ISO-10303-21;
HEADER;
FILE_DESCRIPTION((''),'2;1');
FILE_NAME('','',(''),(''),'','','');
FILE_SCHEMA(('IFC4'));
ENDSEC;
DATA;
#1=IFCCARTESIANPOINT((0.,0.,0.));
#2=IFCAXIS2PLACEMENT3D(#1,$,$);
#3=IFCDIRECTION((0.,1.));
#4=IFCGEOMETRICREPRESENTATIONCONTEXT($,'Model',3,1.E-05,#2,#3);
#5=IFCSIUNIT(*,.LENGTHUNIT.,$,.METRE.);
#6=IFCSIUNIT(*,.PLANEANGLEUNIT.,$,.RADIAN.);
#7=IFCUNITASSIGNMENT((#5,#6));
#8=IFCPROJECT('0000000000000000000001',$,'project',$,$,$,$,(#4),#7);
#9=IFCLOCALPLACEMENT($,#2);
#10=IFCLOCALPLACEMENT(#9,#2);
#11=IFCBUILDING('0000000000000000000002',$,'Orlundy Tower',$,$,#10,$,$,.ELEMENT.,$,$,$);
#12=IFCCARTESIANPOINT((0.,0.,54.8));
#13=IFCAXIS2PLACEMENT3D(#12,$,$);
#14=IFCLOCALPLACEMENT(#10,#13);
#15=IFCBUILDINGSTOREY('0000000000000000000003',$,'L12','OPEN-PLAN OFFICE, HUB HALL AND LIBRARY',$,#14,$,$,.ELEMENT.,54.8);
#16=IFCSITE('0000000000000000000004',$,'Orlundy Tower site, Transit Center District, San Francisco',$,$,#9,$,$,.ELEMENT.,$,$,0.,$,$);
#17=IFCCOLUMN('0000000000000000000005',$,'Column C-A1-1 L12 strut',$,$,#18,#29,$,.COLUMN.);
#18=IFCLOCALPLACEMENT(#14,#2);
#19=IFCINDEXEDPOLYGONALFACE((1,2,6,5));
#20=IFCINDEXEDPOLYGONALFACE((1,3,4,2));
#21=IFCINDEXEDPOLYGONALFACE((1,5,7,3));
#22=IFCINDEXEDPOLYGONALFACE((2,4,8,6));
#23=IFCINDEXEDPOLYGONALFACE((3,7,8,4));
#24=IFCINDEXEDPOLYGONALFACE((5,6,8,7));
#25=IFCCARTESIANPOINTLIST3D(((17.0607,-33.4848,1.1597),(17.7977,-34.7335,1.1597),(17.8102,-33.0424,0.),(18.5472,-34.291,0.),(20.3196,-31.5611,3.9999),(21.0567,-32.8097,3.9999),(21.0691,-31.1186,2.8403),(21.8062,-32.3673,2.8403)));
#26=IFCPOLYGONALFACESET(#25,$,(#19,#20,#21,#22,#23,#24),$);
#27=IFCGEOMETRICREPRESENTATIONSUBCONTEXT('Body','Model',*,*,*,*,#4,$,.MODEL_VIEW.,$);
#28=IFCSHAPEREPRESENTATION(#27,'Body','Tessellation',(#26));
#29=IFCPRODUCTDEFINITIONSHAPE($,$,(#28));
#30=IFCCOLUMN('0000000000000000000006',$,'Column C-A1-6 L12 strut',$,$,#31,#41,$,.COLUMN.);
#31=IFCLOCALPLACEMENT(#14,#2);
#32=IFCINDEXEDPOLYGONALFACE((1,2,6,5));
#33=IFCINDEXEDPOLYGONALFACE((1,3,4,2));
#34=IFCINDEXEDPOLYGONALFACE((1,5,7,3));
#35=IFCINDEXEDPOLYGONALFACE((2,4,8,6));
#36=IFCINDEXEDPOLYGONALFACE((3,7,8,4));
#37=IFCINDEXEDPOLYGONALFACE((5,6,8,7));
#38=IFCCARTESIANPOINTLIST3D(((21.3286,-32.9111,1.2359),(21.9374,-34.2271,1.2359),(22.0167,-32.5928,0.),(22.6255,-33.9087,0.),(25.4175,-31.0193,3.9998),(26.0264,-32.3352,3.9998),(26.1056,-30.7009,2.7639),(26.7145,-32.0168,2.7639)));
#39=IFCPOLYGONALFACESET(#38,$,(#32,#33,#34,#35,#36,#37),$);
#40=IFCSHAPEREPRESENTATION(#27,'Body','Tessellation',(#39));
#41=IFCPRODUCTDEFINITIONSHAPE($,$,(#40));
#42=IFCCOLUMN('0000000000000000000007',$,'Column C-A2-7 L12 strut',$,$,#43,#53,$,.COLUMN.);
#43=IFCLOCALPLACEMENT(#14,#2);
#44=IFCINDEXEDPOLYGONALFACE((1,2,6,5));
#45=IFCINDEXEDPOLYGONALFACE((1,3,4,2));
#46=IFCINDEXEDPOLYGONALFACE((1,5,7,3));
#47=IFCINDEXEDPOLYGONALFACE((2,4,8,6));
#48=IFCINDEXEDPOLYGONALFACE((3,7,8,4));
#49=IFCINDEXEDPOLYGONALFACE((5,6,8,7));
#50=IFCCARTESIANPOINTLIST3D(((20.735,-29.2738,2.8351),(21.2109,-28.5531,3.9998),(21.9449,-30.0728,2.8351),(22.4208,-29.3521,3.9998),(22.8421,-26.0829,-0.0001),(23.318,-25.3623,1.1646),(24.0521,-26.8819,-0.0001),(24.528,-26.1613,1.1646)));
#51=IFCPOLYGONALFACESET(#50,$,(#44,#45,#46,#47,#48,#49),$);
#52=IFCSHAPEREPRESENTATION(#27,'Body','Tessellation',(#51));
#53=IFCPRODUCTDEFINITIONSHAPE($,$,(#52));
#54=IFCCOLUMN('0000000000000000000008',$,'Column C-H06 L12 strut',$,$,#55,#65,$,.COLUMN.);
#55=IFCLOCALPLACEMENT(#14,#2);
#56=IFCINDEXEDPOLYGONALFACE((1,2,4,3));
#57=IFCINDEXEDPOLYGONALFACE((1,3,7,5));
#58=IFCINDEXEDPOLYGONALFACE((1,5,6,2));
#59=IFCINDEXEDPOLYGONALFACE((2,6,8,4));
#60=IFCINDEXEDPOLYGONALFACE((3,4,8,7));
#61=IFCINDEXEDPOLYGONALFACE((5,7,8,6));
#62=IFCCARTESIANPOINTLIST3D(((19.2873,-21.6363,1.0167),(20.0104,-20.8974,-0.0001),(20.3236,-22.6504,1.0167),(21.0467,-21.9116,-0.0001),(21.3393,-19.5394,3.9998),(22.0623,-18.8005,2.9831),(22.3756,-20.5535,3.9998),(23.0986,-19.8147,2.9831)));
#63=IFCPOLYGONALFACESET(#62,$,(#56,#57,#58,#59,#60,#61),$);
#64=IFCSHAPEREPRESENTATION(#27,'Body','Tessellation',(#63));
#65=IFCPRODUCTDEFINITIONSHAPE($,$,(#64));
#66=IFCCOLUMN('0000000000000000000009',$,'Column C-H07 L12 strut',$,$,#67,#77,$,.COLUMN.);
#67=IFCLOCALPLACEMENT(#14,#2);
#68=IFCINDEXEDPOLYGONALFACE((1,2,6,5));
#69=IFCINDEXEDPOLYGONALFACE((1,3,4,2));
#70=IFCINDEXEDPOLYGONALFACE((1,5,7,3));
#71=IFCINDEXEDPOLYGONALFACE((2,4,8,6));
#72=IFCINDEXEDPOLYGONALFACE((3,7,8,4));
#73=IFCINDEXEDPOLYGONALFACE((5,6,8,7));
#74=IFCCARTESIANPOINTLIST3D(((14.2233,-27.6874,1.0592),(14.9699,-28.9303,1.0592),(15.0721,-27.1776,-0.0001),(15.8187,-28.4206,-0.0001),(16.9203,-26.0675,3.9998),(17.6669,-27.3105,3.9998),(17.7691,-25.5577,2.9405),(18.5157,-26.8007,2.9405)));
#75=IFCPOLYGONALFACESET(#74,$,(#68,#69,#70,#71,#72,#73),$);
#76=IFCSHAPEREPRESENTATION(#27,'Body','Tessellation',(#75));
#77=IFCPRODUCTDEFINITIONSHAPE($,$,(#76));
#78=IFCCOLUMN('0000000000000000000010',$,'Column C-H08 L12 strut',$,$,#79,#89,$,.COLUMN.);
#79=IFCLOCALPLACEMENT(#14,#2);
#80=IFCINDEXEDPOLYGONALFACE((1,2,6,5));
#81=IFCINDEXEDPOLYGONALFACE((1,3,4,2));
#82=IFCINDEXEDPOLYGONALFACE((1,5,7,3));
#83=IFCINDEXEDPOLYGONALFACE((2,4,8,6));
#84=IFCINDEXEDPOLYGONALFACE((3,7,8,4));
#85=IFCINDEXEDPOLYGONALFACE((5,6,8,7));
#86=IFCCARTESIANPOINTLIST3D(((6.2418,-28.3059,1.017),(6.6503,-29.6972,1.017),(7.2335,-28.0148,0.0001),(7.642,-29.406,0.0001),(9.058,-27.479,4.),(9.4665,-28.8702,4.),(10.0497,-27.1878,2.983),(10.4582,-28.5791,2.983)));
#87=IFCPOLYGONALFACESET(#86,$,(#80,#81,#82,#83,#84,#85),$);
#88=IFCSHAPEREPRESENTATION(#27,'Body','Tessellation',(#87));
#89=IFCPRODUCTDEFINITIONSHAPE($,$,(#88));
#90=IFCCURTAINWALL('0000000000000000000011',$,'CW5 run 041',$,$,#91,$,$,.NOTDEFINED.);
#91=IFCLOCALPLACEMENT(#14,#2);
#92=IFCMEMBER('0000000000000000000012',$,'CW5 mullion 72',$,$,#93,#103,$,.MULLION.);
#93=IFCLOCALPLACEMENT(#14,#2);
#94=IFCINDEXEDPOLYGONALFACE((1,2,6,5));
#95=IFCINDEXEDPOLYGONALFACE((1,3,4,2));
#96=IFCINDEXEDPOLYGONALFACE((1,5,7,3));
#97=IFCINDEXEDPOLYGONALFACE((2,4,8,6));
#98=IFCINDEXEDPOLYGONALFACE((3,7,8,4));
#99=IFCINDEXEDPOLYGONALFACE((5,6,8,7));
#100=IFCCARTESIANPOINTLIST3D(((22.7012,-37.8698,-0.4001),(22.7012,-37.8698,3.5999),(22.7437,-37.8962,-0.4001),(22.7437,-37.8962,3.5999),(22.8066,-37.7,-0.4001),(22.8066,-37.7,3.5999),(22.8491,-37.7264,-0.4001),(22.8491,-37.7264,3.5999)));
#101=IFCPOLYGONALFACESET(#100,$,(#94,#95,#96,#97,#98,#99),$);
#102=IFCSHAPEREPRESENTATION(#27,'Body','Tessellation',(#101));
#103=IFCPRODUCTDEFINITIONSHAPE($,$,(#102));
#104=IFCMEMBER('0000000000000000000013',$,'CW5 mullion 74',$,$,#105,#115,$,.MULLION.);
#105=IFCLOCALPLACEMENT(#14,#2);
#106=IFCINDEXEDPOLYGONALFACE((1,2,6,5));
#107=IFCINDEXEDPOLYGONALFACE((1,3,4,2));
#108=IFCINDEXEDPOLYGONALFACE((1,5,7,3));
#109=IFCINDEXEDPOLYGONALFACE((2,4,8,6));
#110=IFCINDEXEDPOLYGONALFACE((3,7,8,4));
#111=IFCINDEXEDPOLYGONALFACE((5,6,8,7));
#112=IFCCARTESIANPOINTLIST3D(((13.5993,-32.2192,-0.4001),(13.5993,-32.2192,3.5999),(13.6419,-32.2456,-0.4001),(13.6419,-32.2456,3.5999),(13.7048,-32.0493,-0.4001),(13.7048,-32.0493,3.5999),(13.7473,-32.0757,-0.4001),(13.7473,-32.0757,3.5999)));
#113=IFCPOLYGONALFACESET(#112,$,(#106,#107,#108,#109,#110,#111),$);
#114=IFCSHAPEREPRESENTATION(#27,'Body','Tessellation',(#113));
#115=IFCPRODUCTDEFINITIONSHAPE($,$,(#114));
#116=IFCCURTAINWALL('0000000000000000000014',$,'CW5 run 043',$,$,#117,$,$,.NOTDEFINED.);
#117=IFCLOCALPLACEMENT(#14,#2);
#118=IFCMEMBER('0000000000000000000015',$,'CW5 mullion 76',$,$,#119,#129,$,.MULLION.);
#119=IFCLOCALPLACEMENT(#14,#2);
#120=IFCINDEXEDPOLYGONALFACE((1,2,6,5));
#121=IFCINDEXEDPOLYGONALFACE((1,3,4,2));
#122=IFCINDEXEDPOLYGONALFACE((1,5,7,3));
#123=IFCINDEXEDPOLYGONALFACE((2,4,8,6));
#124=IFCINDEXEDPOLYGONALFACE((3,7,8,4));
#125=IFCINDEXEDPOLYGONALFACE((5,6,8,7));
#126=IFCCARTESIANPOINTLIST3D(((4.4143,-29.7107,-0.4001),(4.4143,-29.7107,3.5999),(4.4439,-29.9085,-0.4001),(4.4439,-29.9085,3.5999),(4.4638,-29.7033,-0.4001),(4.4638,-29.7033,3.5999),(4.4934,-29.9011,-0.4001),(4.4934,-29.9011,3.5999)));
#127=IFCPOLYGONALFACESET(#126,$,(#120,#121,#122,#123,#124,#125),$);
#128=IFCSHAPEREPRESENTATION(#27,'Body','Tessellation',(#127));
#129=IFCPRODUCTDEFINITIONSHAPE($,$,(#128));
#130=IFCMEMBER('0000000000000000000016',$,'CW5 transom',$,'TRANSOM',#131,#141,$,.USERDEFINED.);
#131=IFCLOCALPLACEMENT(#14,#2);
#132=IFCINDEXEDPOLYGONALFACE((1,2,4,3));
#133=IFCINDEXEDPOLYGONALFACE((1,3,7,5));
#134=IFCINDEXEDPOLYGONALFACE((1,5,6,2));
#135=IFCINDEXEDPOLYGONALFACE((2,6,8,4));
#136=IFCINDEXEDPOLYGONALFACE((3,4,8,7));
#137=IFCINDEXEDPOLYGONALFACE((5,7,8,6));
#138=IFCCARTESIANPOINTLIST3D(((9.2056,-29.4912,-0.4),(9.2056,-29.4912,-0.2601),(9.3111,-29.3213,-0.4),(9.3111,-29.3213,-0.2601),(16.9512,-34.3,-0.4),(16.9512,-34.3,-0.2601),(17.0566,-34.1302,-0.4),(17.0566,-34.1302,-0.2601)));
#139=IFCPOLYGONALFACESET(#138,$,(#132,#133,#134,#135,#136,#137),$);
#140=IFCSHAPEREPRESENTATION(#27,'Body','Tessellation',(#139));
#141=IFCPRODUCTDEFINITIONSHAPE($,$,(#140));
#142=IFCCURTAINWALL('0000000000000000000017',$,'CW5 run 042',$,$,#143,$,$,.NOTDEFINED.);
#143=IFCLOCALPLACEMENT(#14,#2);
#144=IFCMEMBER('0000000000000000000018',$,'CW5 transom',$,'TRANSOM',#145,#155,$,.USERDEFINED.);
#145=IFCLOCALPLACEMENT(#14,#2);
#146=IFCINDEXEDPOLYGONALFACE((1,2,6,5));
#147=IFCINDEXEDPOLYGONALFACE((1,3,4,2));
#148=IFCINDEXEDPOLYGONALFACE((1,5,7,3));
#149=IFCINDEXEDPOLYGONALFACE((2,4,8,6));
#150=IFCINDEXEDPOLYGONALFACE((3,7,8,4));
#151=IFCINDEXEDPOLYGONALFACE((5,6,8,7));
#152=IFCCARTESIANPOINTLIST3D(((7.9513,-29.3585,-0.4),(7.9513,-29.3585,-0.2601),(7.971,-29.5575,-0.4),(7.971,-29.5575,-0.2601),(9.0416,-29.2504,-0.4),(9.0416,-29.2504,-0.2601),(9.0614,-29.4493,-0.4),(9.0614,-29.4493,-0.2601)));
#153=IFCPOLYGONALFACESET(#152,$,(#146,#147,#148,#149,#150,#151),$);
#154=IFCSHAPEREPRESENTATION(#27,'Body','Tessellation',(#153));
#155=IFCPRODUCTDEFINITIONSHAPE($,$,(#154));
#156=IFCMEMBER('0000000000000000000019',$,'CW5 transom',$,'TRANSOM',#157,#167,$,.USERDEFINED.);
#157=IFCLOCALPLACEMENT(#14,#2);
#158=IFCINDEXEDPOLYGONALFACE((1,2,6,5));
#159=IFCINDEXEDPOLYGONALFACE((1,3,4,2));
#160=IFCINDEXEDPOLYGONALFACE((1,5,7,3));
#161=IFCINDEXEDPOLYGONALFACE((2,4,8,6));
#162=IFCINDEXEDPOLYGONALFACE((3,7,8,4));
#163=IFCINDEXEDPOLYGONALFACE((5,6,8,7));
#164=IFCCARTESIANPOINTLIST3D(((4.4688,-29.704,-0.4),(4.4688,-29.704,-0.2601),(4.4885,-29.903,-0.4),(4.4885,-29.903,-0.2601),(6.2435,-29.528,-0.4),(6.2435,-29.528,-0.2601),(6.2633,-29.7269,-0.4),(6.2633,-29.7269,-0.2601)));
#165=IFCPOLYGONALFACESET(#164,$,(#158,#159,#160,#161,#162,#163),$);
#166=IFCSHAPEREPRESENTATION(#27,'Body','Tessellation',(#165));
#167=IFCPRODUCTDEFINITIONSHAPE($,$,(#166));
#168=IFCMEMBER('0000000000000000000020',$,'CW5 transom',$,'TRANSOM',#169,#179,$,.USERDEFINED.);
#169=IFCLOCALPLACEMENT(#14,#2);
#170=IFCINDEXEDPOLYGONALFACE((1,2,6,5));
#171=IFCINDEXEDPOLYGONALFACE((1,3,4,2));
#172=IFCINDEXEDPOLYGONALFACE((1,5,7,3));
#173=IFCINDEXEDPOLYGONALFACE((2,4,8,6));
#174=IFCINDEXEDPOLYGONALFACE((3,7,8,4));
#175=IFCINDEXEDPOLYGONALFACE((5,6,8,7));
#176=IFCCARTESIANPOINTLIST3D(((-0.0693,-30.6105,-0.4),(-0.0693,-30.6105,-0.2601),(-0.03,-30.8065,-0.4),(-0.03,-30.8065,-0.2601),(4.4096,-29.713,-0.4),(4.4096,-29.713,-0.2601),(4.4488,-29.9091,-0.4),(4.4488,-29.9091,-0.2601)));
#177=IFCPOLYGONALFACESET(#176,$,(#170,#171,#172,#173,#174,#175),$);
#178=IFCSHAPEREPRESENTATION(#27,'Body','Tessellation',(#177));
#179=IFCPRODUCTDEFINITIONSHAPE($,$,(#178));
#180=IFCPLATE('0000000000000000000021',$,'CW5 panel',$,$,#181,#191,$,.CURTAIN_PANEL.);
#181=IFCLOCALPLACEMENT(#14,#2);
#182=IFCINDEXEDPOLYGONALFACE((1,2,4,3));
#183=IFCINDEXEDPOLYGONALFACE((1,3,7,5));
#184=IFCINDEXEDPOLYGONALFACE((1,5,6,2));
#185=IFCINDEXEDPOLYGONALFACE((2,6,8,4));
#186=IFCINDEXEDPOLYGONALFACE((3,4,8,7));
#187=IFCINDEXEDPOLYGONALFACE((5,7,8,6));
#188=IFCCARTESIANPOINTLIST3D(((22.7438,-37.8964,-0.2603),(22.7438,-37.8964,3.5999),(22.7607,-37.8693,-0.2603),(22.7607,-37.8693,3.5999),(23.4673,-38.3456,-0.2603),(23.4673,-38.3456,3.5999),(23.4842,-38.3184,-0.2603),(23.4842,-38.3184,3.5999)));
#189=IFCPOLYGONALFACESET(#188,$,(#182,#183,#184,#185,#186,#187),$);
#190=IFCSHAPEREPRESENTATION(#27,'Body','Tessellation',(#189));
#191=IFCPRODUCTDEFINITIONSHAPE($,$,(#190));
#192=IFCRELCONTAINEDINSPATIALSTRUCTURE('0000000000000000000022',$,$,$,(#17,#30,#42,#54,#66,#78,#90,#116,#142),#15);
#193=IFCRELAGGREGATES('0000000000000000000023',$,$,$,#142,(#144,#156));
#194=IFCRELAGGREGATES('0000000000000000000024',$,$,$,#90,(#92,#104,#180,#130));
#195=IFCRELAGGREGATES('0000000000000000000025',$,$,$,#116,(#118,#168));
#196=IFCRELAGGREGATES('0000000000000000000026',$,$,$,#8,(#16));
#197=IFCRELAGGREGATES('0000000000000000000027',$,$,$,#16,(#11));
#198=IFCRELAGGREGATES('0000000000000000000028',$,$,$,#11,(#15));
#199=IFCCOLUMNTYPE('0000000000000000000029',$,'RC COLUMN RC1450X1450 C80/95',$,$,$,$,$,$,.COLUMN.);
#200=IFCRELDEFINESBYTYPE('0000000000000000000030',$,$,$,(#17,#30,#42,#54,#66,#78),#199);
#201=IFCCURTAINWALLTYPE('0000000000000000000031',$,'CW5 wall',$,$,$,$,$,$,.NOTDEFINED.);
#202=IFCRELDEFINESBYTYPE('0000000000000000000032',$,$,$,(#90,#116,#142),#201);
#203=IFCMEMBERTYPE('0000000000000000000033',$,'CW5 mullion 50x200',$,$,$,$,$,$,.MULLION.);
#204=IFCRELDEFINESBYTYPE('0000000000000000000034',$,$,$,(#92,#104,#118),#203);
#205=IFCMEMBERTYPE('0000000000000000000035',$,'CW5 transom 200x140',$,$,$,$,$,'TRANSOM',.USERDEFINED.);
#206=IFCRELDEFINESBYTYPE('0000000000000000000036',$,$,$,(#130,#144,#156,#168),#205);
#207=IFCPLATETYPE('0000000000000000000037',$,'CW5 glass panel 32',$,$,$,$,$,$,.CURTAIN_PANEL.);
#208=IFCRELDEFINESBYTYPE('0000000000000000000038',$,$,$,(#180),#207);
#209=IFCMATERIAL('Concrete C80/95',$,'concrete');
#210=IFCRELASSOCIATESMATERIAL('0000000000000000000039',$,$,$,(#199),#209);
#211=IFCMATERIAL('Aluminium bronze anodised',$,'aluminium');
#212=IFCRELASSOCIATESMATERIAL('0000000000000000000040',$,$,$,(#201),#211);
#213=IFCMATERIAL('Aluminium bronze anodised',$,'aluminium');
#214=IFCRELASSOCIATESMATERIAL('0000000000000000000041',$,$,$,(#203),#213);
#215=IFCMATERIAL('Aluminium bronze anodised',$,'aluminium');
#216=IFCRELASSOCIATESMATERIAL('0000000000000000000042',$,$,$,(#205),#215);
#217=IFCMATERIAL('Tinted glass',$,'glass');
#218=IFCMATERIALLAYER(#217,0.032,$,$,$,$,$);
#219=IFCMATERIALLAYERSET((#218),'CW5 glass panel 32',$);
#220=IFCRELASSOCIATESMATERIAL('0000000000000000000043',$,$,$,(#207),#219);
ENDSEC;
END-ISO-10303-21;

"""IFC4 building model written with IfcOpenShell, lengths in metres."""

from ifc_helpers import new_model, si_unit, direction, frame, origin, origin_2d, place, context, subcontext, project, spatial, rectangle, extrude, material, layer, layer_set, material_profile, profile_set, type_object, element, aggregate, save


model = new_model("IFC4")

# Units and contexts
model_context = context("Model", 3, precision=1e-05, world=origin(), true_north=direction((0.0, 1.0)))
body_context = subcontext(model_context, "Body", "Model", "MODEL_VIEW")
ifc_project = project(units=[si_unit("LENGTHUNIT", "METRE"), si_unit("PLANEANGLEUNIT", "RADIAN")], contexts=[model_context])

# Site, building, storey
site_placement = place(None, origin())
site = spatial("IfcSite", under=ifc_project, at=site_placement, Name="Orlundy Tower site, Transit Center District, San Francisco", CompositionType="ELEMENT", RefElevation=0.0)
building_placement = place(site_placement, origin())
building = spatial("IfcBuilding", under=site, at=building_placement, Name="Orlundy Tower", CompositionType="ELEMENT")
storey_placement = place(building_placement, frame((0.0, 0.0, 54.8)))
storey = spatial("IfcBuildingStorey", under=building, at=storey_placement, Name="L12", Description="OPEN-PLAN OFFICE, HUB HALL AND LIBRARY", CompositionType="ELEMENT", Elevation=54.8)

# Columns
ifc_material_1 = material(Name="Concrete C80/95", Category="concrete")
ifc_material_profile_1 = material_profile(ifc_material_1, rectangle(XDim=1.45, YDim=1.45, at=origin_2d()), Name="RC1450X1450")
ifc_profile_set_1 = profile_set([ifc_material_profile_1], Name="Concrete C80/95")
column_type = type_object("IfcColumnType", Name="RC COLUMN RC1450X1450 C80/95", PredefinedType="COLUMN", material=ifc_profile_set_1)
column_1_placement = place(storey_placement, frame((17.804, -33.8879, 0.5798), z_axis=(0.688752, 0.406575, 0.600265), x_axis=(-0.508345, 0.861154, 0.0)))
element("IfcColumn", 1, at=column_1_placement, inside=storey, type_object=column_type, Name="Column C-A1-1 L12 strut", PredefinedType="COLUMN", context=body_context, shape_type="SweptSolid", body=[
    extrude(rectangle(XDim=1.45, YDim=1.45, at=origin_2d()), origin(), (0.0, 0.0, 1.0), 4.7317),
])
column_2_placement = place(storey_placement, frame((21.9771, -33.4099, 0.6179), z_axis=(0.773592, 0.357927, 0.522918), x_axis=(-0.419914, 0.907564, 0.0)))
element("IfcColumn", 2, at=column_2_placement, inside=storey, type_object=column_type, Name="Column C-A1-6 L12 strut", PredefinedType="COLUMN", context=body_context, shape_type="SweptSolid", body=[
    extrude(rectangle(XDim=1.45, YDim=1.45, at=origin_2d()), origin(), (0.0, 0.0, 1.0), 5.2856),
])
column_3_placement = place(storey_placement, frame((23.6851, -26.1221, 0.5823), z_axis=(-0.442656, -0.670317, 0.595593), x_axis=(0.834468, -0.551056, 0.0)))
element("IfcColumn", 3, at=column_3_placement, inside=storey, type_object=column_type, Name="Column C-A2-7 L12 strut", PredefinedType="COLUMN", context=body_context, shape_type="SweptSolid", body=[
    extrude(rectangle(XDim=1.45, YDim=1.45, at=origin_2d()), origin(), (0.0, 0.0, 1.0), 4.7603),
])
column_4_placement = place(storey_placement, frame((20.167, -21.7739, 0.5083), z_axis=(0.490424, 0.50116, 0.712967), x_axis=(-0.714721, 0.69941, 0.0)))
element("IfcColumn", 4, at=column_4_placement, inside=storey, type_object=column_type, Name="Column C-H06 L12 strut", PredefinedType="COLUMN", context=body_context, shape_type="SweptSolid", body=[
    extrude(rectangle(XDim=1.45, YDim=1.45, at=origin_2d()), origin(), (0.0, 0.0, 1.0), 4.1841),
])
column_5_placement = place(storey_placement, frame((15.021, -28.054, 0.5295), z_axis=(0.626275, 0.376151, 0.682854), x_axis=(-0.514884, 0.85726, 0.0)))
element("IfcColumn", 5, at=column_5_placement, inside=storey, type_object=column_type, Name="Column C-H07 L12 strut", PredefinedType="COLUMN", context=body_context, shape_type="SweptSolid", body=[
    extrude(rectangle(XDim=1.45, YDim=1.45, at=origin_2d()), origin(), (0.0, 0.0, 1.0), 4.3064),
])
column_6_placement = place(storey_placement, frame((6.9419, -28.856, 0.5085), z_axis=(0.672955, 0.197599, 0.712802), x_axis=(-0.281734, 0.959493, 0.0)))
element("IfcColumn", 6, at=column_6_placement, inside=storey, type_object=column_type, Name="Column C-H08 L12 strut", PredefinedType="COLUMN", context=body_context, shape_type="SweptSolid", body=[
    extrude(rectangle(XDim=1.45, YDim=1.45, at=origin_2d()), origin(), (0.0, 0.0, 1.0), 4.1848),
])

# Curtain wall, members
ifc_material_2 = material(Name="Aluminium bronze anodised", Category="aluminium")
curtain_wall_type = type_object("IfcCurtainWallType", Name="CW5 wall", PredefinedType="NOTDEFINED", material=ifc_material_2)
curtain_wall_1_placement = place(storey_placement, origin())
curtain_wall_1 = element("IfcCurtainWall", 7, at=curtain_wall_1_placement, inside=storey, type_object=curtain_wall_type, Name="CW5 run 041", PredefinedType="NOTDEFINED")
ifc_material_3 = material(Name="Aluminium bronze anodised", Category="aluminium")
ifc_material_profile_2 = material_profile(ifc_material_3, rectangle(XDim=0.2, YDim=0.05, at=origin_2d()), Name="CW5 mullion 50x200")
ifc_profile_set_2 = profile_set([ifc_material_profile_2], Name="Aluminium bronze anodised")
member_type_1 = type_object("IfcMemberType", Name="CW5 mullion 50x200", PredefinedType="MULLION", material=ifc_profile_set_2)
member_1_placement = place(storey_placement, frame((22.7751, -37.7981, -0.4001), z_axis=(0.0, 0.0, 1.0), x_axis=(-0.527449, -0.849587, 0.0)))
member_1 = element("IfcMember", 8, at=member_1_placement, type_object=member_type_1, Name="CW5 mullion 72", PredefinedType="MULLION", context=body_context, shape_type="SweptSolid", body=[
    extrude(rectangle(XDim=0.2, YDim=0.05, at=origin_2d()), origin(), (0.0, 0.0, 1.0), 4.0),
])
member_2_placement = place(storey_placement, frame((13.6733, -32.1475, -0.4001), z_axis=(0.0, 0.0, 1.0), x_axis=(-0.527449, -0.849587, 0.0)))
member_2 = element("IfcMember", 9, at=member_2_placement, type_object=member_type_1, Name="CW5 mullion 74", PredefinedType="MULLION", context=body_context, shape_type="SweptSolid", body=[
    extrude(rectangle(XDim=0.2, YDim=0.05, at=origin_2d()), origin(), (0.0, 0.0, 1.0), 4.0),
])

# Curtain wall, member
curtain_wall_2_placement = place(storey_placement, origin())
curtain_wall_2 = element("IfcCurtainWall", 10, at=curtain_wall_2_placement, inside=storey, type_object=curtain_wall_type, Name="CW5 run 043", PredefinedType="NOTDEFINED")
member_3_placement = place(storey_placement, frame((4.4539, -29.8059, -0.4001), z_axis=(0.0, 0.0, 1.0), x_axis=(0.147818, -0.989015, 0.0)))
member_3 = element("IfcMember", 11, at=member_3_placement, type_object=member_type_1, Name="CW5 mullion 76", PredefinedType="MULLION", context=body_context, shape_type="SweptSolid", body=[
    extrude(rectangle(XDim=0.2, YDim=0.05, at=origin_2d()), origin(), (0.0, 0.0, 1.0), 4.0),
])

# Member
ifc_material_4 = material(Name="Aluminium bronze anodised", Category="aluminium")
ifc_material_profile_3 = material_profile(ifc_material_4, rectangle(XDim=0.2, YDim=0.1399, at=origin_2d()), Name="CW5 transom 200x140")
ifc_profile_set_3 = profile_set([ifc_material_profile_3], Name="Aluminium bronze anodised")
member_type_2 = type_object("IfcMemberType", Name="CW5 transom 200x140", ElementType="TRANSOM", PredefinedType="USERDEFINED", material=ifc_profile_set_3)
member_4_placement = place(storey_placement, frame((17.0039, -34.2151, -0.3301), z_axis=(-0.84958, 0.52746, 0.0), x_axis=(-0.52746, -0.84958, 0.0)))
member_4 = element("IfcMember", 12, at=member_4_placement, type_object=member_type_2, Name="CW5 transom", ObjectType="TRANSOM", PredefinedType="USERDEFINED", context=body_context, shape_type="SweptSolid", body=[
    extrude(rectangle(XDim=0.2, YDim=0.1399, at=origin_2d()), origin(), (0.0, 0.0, 1.0), 9.1169),
])

# Curtain wall, members
curtain_wall_3_placement = place(storey_placement, origin())
curtain_wall_3 = element("IfcCurtainWall", 13, at=curtain_wall_3_placement, inside=storey, type_object=curtain_wall_type, Name="CW5 run 042", PredefinedType="NOTDEFINED")
member_5_placement = place(storey_placement, frame((9.0515, -29.3499, -0.3301), z_axis=(-0.995116, -0.098709, 0.0), x_axis=(0.098709, -0.995116, 0.0)))
member_5 = element("IfcMember", 14, at=member_5_placement, type_object=member_type_2, Name="CW5 transom", ObjectType="TRANSOM", PredefinedType="USERDEFINED", context=body_context, shape_type="SweptSolid", body=[
    extrude(rectangle(XDim=0.2, YDim=0.1399, at=origin_2d()), origin(), (0.0, 0.0, 1.0), 1.0957),
])
member_6_placement = place(storey_placement, frame((6.2534, -29.6274, -0.3301), z_axis=(-0.995117, -0.098704, 0.0), x_axis=(0.098704, -0.995117, 0.0)))
member_6 = element("IfcMember", 15, at=member_6_placement, type_object=member_type_2, Name="CW5 transom", ObjectType="TRANSOM", PredefinedType="USERDEFINED", context=body_context, shape_type="SweptSolid", body=[
    extrude(rectangle(XDim=0.2, YDim=0.1399, at=origin_2d()), origin(), (0.0, 0.0, 1.0), 1.7834),
])

# Member
member_7_placement = place(storey_placement, frame((4.4292, -29.811, -0.3301), z_axis=(-0.980509, -0.196476, 0.0), x_axis=(0.196476, -0.980509, 0.0)))
member_7 = element("IfcMember", 16, at=member_7_placement, type_object=member_type_2, Name="CW5 transom", ObjectType="TRANSOM", PredefinedType="USERDEFINED", context=body_context, shape_type="SweptSolid", body=[
    extrude(rectangle(XDim=0.2, YDim=0.1399, at=origin_2d()), origin(), (0.0, 0.0, 1.0), 4.5679),
])

# Plate
ifc_material_5 = material(Name="Tinted glass", Category="glass")
ifc_layer_1 = layer(ifc_material_5, 0.032)
ifc_layer_set_1 = layer_set([ifc_layer_1], Name="CW5 glass panel 32")
plate_type_1 = type_object("IfcPlateType", Name="CW5 glass panel 32", PredefinedType="CURTAIN_PANEL", material=ifc_layer_set_1)
plate_1_placement = place(storey_placement, frame((23.114, -38.1074, -0.2603), z_axis=(0.0, 0.0, 1.0), x_axis=(-0.849587, 0.527449, 0.0)))
plate_1 = element("IfcPlate", 17, at=plate_1_placement, type_object=plate_type_1, Name="CW5 panel", PredefinedType="CURTAIN_PANEL", context=body_context, shape_type="SweptSolid", body=[
    extrude(rectangle(XDim=0.8516, YDim=0.032, at=origin_2d()), origin(), (0.0, 0.0, 1.0), 3.8601),
])
aggregate(curtain_wall_3, [member_5, member_6])
aggregate(curtain_wall_1, [member_1, member_2, plate_1, member_4])
aggregate(curtain_wall_2, [member_3, member_7])

save(model, "model.ifc")
